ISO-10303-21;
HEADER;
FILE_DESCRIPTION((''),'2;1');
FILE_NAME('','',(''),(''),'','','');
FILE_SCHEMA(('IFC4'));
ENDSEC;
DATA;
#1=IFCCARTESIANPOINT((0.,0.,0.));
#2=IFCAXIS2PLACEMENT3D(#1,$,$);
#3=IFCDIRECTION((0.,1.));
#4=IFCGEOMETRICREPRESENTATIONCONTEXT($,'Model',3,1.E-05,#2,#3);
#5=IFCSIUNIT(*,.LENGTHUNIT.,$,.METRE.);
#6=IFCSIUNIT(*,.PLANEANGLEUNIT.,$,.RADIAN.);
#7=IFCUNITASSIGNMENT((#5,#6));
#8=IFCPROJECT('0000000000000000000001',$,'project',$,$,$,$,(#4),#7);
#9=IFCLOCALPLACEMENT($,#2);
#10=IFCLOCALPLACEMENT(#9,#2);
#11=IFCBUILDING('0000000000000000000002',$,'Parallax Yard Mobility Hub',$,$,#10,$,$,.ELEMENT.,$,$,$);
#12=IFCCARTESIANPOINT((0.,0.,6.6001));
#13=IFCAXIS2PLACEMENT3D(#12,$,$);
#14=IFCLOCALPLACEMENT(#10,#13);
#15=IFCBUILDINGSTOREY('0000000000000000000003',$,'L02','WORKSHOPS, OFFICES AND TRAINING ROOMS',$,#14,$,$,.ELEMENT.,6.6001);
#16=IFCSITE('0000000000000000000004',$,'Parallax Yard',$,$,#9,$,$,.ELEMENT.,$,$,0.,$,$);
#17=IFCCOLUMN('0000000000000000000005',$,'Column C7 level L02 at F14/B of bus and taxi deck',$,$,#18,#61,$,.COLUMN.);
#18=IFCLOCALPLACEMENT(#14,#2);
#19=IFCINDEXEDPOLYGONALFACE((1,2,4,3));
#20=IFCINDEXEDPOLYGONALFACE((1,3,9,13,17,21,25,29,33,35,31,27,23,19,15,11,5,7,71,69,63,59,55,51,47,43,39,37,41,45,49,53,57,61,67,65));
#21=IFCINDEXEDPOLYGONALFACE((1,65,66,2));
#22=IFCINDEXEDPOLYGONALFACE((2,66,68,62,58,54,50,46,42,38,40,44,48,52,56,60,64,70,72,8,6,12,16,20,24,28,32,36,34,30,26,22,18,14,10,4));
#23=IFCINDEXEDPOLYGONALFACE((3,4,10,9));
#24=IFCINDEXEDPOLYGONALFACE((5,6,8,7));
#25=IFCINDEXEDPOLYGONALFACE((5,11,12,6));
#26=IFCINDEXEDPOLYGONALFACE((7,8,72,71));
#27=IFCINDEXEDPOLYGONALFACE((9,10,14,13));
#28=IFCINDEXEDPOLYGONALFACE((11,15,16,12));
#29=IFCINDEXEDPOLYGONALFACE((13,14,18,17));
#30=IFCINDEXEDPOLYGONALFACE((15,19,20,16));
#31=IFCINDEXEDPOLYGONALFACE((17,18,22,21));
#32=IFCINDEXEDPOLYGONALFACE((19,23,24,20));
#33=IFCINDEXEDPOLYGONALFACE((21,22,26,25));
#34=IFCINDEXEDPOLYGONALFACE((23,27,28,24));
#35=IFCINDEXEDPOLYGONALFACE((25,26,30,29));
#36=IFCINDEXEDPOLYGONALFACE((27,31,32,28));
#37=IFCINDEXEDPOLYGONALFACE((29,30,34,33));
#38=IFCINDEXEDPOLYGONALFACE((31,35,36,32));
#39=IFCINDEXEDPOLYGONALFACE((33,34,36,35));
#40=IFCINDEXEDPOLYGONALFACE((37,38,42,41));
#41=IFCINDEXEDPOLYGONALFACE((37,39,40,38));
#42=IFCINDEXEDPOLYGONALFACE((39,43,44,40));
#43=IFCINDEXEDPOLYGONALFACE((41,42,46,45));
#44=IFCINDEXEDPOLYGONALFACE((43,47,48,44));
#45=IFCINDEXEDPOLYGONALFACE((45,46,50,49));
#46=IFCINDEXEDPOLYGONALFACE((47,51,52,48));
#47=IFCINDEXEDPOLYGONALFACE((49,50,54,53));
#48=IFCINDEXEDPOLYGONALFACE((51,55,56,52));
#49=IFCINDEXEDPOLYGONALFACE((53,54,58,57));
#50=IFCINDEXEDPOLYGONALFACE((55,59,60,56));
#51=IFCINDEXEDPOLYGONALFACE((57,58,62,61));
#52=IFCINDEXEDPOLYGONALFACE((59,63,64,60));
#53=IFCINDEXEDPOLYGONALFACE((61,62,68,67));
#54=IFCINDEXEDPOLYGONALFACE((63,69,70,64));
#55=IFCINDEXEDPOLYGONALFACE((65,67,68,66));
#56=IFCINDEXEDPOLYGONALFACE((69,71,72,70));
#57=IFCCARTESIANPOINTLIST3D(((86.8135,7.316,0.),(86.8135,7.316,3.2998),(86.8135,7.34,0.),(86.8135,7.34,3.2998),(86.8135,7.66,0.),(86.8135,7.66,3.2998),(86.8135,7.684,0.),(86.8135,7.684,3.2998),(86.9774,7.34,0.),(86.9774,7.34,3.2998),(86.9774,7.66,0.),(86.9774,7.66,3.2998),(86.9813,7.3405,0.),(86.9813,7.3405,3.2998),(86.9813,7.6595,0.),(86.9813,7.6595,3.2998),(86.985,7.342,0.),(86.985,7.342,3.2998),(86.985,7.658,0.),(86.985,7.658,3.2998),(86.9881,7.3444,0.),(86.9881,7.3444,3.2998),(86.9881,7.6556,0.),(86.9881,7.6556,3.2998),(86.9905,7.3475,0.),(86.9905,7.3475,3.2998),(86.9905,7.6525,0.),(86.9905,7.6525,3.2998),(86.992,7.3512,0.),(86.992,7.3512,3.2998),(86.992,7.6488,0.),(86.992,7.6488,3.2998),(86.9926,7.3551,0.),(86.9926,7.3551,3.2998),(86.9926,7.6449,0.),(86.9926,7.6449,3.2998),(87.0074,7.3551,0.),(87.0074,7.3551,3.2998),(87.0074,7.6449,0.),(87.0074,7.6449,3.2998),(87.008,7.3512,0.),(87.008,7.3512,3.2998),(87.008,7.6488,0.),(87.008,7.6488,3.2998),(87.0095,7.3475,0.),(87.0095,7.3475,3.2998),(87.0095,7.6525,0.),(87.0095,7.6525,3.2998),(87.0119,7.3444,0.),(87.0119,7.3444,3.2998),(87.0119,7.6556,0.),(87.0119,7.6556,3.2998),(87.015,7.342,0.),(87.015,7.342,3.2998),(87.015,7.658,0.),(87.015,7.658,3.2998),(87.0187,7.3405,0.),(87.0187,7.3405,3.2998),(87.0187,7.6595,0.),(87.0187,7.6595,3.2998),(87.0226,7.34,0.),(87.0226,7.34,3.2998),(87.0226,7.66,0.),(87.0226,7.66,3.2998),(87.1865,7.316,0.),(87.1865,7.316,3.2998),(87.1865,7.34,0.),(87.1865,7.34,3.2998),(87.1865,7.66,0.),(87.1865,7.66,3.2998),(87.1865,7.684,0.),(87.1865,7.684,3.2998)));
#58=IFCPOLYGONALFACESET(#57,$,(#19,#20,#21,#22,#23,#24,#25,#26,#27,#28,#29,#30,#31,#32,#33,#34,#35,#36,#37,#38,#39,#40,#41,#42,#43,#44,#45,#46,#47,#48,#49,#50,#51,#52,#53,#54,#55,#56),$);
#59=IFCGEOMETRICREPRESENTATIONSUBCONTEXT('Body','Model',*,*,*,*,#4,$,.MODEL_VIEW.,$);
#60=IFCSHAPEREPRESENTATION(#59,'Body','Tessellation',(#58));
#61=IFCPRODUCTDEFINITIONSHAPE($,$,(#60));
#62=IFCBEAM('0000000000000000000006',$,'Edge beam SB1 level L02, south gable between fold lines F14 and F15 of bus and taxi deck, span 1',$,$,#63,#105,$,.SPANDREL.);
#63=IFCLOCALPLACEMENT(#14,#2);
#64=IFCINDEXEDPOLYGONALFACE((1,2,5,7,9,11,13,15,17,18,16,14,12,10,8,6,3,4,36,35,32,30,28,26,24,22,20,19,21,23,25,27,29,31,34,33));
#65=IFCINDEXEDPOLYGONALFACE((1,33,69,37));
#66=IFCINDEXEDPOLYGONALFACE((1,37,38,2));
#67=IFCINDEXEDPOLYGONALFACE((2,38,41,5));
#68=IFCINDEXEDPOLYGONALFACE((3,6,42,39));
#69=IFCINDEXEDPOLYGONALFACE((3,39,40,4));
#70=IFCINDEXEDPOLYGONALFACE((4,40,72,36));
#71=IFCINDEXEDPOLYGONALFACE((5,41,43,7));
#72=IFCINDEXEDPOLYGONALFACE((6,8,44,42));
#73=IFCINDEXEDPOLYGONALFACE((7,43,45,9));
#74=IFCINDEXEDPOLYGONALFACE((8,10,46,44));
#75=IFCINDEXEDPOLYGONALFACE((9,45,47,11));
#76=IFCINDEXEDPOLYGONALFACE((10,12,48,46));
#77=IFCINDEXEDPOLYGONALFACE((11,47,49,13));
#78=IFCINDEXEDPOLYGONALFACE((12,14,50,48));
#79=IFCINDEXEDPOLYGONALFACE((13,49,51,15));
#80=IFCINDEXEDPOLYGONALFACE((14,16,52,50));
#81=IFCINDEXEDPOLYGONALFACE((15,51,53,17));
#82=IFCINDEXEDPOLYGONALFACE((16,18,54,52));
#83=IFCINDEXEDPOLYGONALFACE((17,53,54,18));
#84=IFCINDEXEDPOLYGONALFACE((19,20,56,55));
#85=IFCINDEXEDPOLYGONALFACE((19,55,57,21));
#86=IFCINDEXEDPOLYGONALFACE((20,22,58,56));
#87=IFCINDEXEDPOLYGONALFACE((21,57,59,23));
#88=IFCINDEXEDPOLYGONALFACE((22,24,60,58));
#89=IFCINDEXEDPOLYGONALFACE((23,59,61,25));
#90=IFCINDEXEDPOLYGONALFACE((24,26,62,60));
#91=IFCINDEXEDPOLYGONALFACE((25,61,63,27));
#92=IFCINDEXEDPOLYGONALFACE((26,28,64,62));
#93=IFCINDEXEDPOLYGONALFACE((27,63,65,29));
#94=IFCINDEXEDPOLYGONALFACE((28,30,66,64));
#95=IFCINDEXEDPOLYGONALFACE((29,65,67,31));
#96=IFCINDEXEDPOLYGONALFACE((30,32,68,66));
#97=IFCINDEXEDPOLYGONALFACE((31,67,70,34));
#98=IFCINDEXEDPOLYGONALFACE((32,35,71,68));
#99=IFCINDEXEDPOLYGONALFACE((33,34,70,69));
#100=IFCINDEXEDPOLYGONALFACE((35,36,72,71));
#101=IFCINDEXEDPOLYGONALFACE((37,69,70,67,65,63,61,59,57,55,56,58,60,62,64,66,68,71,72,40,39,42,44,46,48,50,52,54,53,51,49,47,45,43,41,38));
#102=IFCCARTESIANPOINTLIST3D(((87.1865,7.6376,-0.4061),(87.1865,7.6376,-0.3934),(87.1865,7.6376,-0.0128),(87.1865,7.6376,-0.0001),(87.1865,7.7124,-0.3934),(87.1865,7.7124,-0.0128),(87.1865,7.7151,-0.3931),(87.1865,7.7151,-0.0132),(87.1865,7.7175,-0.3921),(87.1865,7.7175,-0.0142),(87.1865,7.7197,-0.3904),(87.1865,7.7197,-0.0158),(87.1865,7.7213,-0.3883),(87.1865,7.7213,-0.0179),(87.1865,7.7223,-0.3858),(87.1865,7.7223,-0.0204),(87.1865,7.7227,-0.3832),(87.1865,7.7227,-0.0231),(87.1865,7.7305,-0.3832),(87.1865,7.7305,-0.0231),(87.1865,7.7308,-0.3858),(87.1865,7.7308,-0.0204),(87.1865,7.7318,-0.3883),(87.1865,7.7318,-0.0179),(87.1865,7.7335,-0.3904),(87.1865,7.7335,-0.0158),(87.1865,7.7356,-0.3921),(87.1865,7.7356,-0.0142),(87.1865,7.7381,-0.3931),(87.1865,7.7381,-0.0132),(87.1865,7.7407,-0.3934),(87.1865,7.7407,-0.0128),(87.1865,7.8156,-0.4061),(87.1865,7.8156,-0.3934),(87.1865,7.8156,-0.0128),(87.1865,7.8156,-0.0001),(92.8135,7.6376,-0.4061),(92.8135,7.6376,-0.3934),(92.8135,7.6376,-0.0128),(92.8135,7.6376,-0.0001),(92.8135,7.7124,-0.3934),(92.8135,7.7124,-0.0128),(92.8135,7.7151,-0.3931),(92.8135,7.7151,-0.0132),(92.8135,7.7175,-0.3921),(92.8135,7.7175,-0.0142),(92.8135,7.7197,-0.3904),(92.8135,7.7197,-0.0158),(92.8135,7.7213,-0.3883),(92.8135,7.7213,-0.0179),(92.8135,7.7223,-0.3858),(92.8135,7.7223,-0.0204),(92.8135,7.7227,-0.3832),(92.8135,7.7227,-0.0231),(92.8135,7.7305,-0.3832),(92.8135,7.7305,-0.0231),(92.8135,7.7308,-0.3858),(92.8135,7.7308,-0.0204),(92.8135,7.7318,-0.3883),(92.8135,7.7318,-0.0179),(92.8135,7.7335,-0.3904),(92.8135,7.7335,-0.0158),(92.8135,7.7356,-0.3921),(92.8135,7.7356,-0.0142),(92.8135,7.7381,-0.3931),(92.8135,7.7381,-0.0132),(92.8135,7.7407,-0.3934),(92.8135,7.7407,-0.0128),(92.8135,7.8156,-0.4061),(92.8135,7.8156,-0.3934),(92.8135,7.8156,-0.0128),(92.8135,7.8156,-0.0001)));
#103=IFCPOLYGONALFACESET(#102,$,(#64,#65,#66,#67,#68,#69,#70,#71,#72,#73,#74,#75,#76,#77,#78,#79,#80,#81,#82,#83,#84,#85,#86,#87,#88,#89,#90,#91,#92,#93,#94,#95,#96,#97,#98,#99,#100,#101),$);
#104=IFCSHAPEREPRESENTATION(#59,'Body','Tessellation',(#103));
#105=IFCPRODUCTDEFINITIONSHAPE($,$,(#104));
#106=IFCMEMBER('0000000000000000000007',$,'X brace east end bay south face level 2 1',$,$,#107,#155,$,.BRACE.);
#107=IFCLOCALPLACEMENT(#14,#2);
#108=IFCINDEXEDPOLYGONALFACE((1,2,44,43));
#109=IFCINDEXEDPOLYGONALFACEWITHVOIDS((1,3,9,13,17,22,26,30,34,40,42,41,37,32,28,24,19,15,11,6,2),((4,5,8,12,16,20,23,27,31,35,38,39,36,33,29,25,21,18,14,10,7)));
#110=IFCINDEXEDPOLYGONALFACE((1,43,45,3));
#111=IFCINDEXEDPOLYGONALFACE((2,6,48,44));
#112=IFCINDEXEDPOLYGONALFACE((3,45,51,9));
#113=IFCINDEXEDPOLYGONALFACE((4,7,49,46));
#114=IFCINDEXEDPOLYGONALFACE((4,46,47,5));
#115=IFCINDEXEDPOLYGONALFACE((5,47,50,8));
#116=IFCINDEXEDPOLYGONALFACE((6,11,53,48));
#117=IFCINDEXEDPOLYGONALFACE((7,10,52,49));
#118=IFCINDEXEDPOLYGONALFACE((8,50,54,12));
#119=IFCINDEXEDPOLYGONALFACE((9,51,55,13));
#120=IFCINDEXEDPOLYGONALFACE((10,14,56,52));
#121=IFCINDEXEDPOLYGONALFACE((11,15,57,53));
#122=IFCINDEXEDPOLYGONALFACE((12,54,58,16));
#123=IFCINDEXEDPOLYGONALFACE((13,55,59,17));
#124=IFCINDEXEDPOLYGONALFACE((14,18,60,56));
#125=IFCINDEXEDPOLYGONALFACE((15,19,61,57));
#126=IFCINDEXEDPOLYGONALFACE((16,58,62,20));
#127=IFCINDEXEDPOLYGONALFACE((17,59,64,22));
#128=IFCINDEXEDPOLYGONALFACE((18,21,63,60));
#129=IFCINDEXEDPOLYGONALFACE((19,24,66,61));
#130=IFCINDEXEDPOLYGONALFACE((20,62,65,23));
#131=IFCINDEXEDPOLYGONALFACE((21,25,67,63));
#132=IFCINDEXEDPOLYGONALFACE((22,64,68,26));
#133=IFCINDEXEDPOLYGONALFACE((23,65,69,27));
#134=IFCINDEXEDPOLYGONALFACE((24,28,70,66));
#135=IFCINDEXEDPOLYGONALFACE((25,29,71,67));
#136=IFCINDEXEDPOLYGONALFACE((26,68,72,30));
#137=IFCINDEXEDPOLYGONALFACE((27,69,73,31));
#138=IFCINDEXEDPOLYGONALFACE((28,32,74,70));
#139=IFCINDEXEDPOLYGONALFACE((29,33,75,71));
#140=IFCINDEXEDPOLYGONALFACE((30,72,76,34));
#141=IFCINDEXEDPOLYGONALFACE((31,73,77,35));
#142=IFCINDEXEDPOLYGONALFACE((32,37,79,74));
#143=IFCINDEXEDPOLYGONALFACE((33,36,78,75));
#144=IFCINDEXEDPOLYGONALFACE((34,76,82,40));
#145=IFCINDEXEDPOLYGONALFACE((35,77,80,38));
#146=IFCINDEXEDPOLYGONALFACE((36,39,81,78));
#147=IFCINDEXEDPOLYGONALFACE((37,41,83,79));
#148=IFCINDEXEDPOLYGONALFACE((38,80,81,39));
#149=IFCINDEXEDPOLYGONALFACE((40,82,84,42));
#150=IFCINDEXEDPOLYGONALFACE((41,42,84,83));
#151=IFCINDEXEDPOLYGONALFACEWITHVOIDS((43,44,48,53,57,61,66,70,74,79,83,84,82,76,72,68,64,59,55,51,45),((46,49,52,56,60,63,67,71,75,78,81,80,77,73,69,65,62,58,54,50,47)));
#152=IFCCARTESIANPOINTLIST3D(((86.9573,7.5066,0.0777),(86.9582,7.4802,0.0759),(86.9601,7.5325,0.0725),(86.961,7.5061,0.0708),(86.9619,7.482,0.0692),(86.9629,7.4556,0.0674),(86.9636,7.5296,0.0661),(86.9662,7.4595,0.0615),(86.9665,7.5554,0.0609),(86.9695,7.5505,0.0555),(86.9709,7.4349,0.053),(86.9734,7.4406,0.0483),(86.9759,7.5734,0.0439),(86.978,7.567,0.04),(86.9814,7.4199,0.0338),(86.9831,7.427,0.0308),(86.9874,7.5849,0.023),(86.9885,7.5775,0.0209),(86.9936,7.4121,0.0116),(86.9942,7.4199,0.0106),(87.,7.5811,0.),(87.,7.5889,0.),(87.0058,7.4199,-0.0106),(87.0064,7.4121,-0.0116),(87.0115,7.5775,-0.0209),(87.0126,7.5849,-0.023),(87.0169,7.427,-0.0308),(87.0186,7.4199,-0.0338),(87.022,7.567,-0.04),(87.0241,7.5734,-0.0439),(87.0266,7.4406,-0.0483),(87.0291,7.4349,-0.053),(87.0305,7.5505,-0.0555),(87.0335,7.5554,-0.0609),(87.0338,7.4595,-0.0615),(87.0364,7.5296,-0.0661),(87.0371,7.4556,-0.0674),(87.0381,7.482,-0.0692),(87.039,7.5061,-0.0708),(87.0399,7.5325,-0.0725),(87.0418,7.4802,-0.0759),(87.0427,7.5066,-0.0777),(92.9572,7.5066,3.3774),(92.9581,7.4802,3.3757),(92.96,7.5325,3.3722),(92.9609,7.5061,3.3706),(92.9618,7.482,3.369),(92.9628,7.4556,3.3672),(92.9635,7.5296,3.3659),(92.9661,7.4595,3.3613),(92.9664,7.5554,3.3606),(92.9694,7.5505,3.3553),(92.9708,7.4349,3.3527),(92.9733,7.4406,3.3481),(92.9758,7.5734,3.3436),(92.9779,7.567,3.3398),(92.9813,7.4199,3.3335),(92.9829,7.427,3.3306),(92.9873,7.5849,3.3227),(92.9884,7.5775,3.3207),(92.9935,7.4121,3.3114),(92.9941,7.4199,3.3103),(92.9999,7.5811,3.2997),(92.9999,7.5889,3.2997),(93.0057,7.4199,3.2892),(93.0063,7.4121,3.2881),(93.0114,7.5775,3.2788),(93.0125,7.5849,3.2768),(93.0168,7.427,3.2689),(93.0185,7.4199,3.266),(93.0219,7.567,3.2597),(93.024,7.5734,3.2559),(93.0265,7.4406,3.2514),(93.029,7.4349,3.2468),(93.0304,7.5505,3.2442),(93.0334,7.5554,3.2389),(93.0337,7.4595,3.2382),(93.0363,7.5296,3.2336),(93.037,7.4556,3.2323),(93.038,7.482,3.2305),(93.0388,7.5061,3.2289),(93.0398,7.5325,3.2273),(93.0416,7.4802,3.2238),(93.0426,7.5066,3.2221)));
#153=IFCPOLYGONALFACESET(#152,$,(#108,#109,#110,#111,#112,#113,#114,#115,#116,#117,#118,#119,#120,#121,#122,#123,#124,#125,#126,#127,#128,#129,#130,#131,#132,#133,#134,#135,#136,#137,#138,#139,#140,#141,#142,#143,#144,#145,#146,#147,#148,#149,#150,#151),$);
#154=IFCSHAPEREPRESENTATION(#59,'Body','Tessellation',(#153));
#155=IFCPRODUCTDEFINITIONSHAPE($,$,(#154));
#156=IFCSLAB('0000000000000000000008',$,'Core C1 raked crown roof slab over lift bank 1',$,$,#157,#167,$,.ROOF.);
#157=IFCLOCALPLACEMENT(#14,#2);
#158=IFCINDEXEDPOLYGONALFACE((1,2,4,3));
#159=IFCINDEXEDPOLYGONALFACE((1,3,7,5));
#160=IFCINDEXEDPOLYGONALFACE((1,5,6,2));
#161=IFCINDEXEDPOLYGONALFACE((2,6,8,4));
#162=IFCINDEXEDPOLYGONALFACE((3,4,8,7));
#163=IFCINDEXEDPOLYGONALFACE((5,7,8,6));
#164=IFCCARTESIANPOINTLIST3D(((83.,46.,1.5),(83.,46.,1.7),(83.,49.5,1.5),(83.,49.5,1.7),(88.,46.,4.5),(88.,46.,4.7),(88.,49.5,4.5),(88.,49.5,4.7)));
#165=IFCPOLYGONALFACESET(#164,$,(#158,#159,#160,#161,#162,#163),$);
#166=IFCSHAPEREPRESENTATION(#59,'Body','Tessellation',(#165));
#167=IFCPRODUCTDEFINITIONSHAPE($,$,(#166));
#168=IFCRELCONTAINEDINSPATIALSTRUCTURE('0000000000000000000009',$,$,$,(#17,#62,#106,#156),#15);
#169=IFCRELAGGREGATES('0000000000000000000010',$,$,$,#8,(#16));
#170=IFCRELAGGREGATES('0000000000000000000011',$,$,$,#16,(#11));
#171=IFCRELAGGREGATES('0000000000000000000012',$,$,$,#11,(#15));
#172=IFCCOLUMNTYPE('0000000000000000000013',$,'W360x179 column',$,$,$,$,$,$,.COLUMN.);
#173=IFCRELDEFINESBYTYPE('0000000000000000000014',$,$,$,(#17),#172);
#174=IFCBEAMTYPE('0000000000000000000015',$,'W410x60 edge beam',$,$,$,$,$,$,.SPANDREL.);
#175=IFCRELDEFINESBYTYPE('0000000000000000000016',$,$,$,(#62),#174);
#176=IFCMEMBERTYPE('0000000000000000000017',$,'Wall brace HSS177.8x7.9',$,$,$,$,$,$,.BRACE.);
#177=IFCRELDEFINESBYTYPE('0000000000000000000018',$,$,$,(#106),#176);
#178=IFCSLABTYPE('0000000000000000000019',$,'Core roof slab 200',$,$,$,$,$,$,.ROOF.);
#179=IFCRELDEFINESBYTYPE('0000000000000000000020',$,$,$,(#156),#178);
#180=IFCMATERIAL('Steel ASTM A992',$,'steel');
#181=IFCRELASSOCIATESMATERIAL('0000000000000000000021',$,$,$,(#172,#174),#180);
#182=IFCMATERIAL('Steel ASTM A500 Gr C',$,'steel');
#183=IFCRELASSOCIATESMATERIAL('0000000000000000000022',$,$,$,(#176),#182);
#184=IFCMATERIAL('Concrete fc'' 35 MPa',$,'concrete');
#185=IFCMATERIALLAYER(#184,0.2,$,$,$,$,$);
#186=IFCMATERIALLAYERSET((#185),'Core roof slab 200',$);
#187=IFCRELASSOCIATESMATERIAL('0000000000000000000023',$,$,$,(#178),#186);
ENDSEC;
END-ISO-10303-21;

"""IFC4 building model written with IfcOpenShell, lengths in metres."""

from ifc_helpers import new_model, si_unit, direction, frame, origin, origin_2d, place, context, subcontext, project, spatial, polyline, hollow_circle, i_section, outline, extrude, material, layer, layer_set, material_profile, profile_set, type_object, element, save


model = new_model("IFC4")

# Units and contexts
model_context = context("Model", 3, precision=1e-05, world=origin(), true_north=direction((0.0, 1.0)))
body_context = subcontext(model_context, "Body", "Model", "MODEL_VIEW")
ifc_project = project(units=[si_unit("LENGTHUNIT", "METRE"), si_unit("PLANEANGLEUNIT", "RADIAN")], contexts=[model_context])

# Site, building, storey
site_placement = place(None, origin())
site = spatial("IfcSite", under=ifc_project, at=site_placement, Name="Parallax Yard", CompositionType="ELEMENT", RefElevation=0.0)
building_placement = place(site_placement, origin())
building = spatial("IfcBuilding", under=site, at=building_placement, Name="Parallax Yard Mobility Hub", CompositionType="ELEMENT")
storey_placement = place(building_placement, frame((0.0, 0.0, 6.6001)))
storey = spatial("IfcBuildingStorey", under=building, at=storey_placement, Name="L02", Description="WORKSHOPS, OFFICES AND TRAINING ROOMS", CompositionType="ELEMENT", Elevation=6.6001)

# Column
ifc_material_1 = material(Name="Steel ASTM A992", Category="steel")
ifc_material_profile_1 = material_profile(ifc_material_1, i_section(OverallWidth=0.373, OverallDepth=0.3679, WebThickness=0.0149, FlangeThickness=0.0239, FilletRadius=0.0151, at=origin_2d()), Name="W360x179")
ifc_profile_set_1 = profile_set([ifc_material_profile_1], Name="Steel ASTM A992")
column_type = type_object("IfcColumnType", Name="W360x179 column", PredefinedType="COLUMN", material=ifc_profile_set_1)
for number, where, z_axis, x_axis, name in (
    (1, (87.0, 7.5, 0.0), (0.0, 0.0, 1.0), (1.0, 0.0, 0.0), "Column C7 level L02 at F14/B of bus and taxi deck"),
):
    element("IfcColumn", number, at=place(storey_placement, frame(where, z_axis=z_axis, x_axis=x_axis)), inside=storey, type_object=column_type, Name=name, PredefinedType="COLUMN", context=body_context, shape_type="SweptSolid", body=[
        extrude(i_section(OverallWidth=0.373, OverallDepth=0.3679, WebThickness=0.0149, FlangeThickness=0.0239, FilletRadius=0.0151, at=origin_2d()), origin(), (0.0, 0.0, 1.0), 3.2998),
    ])

# Beam
ifc_material_profile_2 = material_profile(ifc_material_1, i_section(OverallWidth=0.178, OverallDepth=0.406, WebThickness=0.0078, FlangeThickness=0.0127, FilletRadius=0.0103, at=origin_2d()), Name="W410x60")
ifc_profile_set_2 = profile_set([ifc_material_profile_2], Name="Steel ASTM A992")
beam_type = type_object("IfcBeamType", Name="W410x60 edge beam", PredefinedType="SPANDREL", material=ifc_profile_set_2)
beam_placement = place(storey_placement, frame((87.1865, 7.7266, -0.2031), z_axis=(1.0, 0.0, 0.0), x_axis=(0.0, 1.0, 0.0)))
element("IfcBeam", 2, at=beam_placement, inside=storey, type_object=beam_type, Name="Edge beam SB1 level L02, south gable between fold lines F14 and F15 of bus and taxi deck, span 1", PredefinedType="SPANDREL", context=body_context, shape_type="SweptSolid", body=[
    extrude(i_section(OverallWidth=0.178, OverallDepth=0.406, WebThickness=0.0078, FlangeThickness=0.0127, FilletRadius=0.0103, at=origin_2d()), origin(), (0.0, 0.0, 1.0), 5.627),
])

# Member
ifc_material_2 = material(Name="Steel ASTM A500 Gr C", Category="steel")
ifc_material_profile_3 = material_profile(ifc_material_2, hollow_circle(Radius=0.0889, WallThickness=0.0078, at=origin_2d()), Name="HSS177.8x7.9")
ifc_profile_set_3 = profile_set([ifc_material_profile_3], Name="Steel ASTM A500 Gr C")
member_type = type_object("IfcMemberType", Name="Wall brace HSS177.8x7.9", PredefinedType="BRACE", material=ifc_profile_set_3)
member_placement = place(storey_placement, frame((87.0, 7.5, 0.0), z_axis=(0.876228, 0.0, 0.481897), x_axis=(0.0, 1.0, 0.0)))
element("IfcMember", 3, at=member_placement, inside=storey, type_object=member_type, Name="X brace east end bay south face level 2 1", PredefinedType="BRACE", context=body_context, shape_type="SweptSolid", body=[
    extrude(hollow_circle(Radius=0.0889, WallThickness=0.0078, at=origin_2d()), origin(), (0.0, 0.0, 1.0), 6.8474),
])

# Slab
ifc_material_3 = material(Name="Concrete fc' 35 MPa", Category="concrete")
ifc_layer_1 = layer(ifc_material_3, 0.2)
ifc_layer_set_1 = layer_set([ifc_layer_1], Name="Core roof slab 200")
slab_type = type_object("IfcSlabType", Name="Core roof slab 200", PredefinedType="ROOF", material=ifc_layer_set_1)
slab_placement = place(storey_placement, frame((83.0, 47.75, 1.7), z_axis=(0.0, 0.0, 1.0), x_axis=(1.0, 0.0, 0.0)))
element("IfcSlab", 4, at=slab_placement, inside=storey, type_object=slab_type, Name="Core C1 raked crown roof slab over lift bank 1", PredefinedType="ROOF", context=body_context, shape_type="SweptSolid", body=[
    extrude(outline(polyline([(0.0, -0.2), (5.0, 2.8), (5.0, 3.0), (0.0, 0.0), (0.0, -0.2)])), frame((0.0, 1.75, 0.0), z_axis=(0.0, -1.0, 0.0), x_axis=(1.0, 0.0, 0.0)), (0.0, 0.0, 1.0), 3.5),
])

save(model, "model.ifc")
